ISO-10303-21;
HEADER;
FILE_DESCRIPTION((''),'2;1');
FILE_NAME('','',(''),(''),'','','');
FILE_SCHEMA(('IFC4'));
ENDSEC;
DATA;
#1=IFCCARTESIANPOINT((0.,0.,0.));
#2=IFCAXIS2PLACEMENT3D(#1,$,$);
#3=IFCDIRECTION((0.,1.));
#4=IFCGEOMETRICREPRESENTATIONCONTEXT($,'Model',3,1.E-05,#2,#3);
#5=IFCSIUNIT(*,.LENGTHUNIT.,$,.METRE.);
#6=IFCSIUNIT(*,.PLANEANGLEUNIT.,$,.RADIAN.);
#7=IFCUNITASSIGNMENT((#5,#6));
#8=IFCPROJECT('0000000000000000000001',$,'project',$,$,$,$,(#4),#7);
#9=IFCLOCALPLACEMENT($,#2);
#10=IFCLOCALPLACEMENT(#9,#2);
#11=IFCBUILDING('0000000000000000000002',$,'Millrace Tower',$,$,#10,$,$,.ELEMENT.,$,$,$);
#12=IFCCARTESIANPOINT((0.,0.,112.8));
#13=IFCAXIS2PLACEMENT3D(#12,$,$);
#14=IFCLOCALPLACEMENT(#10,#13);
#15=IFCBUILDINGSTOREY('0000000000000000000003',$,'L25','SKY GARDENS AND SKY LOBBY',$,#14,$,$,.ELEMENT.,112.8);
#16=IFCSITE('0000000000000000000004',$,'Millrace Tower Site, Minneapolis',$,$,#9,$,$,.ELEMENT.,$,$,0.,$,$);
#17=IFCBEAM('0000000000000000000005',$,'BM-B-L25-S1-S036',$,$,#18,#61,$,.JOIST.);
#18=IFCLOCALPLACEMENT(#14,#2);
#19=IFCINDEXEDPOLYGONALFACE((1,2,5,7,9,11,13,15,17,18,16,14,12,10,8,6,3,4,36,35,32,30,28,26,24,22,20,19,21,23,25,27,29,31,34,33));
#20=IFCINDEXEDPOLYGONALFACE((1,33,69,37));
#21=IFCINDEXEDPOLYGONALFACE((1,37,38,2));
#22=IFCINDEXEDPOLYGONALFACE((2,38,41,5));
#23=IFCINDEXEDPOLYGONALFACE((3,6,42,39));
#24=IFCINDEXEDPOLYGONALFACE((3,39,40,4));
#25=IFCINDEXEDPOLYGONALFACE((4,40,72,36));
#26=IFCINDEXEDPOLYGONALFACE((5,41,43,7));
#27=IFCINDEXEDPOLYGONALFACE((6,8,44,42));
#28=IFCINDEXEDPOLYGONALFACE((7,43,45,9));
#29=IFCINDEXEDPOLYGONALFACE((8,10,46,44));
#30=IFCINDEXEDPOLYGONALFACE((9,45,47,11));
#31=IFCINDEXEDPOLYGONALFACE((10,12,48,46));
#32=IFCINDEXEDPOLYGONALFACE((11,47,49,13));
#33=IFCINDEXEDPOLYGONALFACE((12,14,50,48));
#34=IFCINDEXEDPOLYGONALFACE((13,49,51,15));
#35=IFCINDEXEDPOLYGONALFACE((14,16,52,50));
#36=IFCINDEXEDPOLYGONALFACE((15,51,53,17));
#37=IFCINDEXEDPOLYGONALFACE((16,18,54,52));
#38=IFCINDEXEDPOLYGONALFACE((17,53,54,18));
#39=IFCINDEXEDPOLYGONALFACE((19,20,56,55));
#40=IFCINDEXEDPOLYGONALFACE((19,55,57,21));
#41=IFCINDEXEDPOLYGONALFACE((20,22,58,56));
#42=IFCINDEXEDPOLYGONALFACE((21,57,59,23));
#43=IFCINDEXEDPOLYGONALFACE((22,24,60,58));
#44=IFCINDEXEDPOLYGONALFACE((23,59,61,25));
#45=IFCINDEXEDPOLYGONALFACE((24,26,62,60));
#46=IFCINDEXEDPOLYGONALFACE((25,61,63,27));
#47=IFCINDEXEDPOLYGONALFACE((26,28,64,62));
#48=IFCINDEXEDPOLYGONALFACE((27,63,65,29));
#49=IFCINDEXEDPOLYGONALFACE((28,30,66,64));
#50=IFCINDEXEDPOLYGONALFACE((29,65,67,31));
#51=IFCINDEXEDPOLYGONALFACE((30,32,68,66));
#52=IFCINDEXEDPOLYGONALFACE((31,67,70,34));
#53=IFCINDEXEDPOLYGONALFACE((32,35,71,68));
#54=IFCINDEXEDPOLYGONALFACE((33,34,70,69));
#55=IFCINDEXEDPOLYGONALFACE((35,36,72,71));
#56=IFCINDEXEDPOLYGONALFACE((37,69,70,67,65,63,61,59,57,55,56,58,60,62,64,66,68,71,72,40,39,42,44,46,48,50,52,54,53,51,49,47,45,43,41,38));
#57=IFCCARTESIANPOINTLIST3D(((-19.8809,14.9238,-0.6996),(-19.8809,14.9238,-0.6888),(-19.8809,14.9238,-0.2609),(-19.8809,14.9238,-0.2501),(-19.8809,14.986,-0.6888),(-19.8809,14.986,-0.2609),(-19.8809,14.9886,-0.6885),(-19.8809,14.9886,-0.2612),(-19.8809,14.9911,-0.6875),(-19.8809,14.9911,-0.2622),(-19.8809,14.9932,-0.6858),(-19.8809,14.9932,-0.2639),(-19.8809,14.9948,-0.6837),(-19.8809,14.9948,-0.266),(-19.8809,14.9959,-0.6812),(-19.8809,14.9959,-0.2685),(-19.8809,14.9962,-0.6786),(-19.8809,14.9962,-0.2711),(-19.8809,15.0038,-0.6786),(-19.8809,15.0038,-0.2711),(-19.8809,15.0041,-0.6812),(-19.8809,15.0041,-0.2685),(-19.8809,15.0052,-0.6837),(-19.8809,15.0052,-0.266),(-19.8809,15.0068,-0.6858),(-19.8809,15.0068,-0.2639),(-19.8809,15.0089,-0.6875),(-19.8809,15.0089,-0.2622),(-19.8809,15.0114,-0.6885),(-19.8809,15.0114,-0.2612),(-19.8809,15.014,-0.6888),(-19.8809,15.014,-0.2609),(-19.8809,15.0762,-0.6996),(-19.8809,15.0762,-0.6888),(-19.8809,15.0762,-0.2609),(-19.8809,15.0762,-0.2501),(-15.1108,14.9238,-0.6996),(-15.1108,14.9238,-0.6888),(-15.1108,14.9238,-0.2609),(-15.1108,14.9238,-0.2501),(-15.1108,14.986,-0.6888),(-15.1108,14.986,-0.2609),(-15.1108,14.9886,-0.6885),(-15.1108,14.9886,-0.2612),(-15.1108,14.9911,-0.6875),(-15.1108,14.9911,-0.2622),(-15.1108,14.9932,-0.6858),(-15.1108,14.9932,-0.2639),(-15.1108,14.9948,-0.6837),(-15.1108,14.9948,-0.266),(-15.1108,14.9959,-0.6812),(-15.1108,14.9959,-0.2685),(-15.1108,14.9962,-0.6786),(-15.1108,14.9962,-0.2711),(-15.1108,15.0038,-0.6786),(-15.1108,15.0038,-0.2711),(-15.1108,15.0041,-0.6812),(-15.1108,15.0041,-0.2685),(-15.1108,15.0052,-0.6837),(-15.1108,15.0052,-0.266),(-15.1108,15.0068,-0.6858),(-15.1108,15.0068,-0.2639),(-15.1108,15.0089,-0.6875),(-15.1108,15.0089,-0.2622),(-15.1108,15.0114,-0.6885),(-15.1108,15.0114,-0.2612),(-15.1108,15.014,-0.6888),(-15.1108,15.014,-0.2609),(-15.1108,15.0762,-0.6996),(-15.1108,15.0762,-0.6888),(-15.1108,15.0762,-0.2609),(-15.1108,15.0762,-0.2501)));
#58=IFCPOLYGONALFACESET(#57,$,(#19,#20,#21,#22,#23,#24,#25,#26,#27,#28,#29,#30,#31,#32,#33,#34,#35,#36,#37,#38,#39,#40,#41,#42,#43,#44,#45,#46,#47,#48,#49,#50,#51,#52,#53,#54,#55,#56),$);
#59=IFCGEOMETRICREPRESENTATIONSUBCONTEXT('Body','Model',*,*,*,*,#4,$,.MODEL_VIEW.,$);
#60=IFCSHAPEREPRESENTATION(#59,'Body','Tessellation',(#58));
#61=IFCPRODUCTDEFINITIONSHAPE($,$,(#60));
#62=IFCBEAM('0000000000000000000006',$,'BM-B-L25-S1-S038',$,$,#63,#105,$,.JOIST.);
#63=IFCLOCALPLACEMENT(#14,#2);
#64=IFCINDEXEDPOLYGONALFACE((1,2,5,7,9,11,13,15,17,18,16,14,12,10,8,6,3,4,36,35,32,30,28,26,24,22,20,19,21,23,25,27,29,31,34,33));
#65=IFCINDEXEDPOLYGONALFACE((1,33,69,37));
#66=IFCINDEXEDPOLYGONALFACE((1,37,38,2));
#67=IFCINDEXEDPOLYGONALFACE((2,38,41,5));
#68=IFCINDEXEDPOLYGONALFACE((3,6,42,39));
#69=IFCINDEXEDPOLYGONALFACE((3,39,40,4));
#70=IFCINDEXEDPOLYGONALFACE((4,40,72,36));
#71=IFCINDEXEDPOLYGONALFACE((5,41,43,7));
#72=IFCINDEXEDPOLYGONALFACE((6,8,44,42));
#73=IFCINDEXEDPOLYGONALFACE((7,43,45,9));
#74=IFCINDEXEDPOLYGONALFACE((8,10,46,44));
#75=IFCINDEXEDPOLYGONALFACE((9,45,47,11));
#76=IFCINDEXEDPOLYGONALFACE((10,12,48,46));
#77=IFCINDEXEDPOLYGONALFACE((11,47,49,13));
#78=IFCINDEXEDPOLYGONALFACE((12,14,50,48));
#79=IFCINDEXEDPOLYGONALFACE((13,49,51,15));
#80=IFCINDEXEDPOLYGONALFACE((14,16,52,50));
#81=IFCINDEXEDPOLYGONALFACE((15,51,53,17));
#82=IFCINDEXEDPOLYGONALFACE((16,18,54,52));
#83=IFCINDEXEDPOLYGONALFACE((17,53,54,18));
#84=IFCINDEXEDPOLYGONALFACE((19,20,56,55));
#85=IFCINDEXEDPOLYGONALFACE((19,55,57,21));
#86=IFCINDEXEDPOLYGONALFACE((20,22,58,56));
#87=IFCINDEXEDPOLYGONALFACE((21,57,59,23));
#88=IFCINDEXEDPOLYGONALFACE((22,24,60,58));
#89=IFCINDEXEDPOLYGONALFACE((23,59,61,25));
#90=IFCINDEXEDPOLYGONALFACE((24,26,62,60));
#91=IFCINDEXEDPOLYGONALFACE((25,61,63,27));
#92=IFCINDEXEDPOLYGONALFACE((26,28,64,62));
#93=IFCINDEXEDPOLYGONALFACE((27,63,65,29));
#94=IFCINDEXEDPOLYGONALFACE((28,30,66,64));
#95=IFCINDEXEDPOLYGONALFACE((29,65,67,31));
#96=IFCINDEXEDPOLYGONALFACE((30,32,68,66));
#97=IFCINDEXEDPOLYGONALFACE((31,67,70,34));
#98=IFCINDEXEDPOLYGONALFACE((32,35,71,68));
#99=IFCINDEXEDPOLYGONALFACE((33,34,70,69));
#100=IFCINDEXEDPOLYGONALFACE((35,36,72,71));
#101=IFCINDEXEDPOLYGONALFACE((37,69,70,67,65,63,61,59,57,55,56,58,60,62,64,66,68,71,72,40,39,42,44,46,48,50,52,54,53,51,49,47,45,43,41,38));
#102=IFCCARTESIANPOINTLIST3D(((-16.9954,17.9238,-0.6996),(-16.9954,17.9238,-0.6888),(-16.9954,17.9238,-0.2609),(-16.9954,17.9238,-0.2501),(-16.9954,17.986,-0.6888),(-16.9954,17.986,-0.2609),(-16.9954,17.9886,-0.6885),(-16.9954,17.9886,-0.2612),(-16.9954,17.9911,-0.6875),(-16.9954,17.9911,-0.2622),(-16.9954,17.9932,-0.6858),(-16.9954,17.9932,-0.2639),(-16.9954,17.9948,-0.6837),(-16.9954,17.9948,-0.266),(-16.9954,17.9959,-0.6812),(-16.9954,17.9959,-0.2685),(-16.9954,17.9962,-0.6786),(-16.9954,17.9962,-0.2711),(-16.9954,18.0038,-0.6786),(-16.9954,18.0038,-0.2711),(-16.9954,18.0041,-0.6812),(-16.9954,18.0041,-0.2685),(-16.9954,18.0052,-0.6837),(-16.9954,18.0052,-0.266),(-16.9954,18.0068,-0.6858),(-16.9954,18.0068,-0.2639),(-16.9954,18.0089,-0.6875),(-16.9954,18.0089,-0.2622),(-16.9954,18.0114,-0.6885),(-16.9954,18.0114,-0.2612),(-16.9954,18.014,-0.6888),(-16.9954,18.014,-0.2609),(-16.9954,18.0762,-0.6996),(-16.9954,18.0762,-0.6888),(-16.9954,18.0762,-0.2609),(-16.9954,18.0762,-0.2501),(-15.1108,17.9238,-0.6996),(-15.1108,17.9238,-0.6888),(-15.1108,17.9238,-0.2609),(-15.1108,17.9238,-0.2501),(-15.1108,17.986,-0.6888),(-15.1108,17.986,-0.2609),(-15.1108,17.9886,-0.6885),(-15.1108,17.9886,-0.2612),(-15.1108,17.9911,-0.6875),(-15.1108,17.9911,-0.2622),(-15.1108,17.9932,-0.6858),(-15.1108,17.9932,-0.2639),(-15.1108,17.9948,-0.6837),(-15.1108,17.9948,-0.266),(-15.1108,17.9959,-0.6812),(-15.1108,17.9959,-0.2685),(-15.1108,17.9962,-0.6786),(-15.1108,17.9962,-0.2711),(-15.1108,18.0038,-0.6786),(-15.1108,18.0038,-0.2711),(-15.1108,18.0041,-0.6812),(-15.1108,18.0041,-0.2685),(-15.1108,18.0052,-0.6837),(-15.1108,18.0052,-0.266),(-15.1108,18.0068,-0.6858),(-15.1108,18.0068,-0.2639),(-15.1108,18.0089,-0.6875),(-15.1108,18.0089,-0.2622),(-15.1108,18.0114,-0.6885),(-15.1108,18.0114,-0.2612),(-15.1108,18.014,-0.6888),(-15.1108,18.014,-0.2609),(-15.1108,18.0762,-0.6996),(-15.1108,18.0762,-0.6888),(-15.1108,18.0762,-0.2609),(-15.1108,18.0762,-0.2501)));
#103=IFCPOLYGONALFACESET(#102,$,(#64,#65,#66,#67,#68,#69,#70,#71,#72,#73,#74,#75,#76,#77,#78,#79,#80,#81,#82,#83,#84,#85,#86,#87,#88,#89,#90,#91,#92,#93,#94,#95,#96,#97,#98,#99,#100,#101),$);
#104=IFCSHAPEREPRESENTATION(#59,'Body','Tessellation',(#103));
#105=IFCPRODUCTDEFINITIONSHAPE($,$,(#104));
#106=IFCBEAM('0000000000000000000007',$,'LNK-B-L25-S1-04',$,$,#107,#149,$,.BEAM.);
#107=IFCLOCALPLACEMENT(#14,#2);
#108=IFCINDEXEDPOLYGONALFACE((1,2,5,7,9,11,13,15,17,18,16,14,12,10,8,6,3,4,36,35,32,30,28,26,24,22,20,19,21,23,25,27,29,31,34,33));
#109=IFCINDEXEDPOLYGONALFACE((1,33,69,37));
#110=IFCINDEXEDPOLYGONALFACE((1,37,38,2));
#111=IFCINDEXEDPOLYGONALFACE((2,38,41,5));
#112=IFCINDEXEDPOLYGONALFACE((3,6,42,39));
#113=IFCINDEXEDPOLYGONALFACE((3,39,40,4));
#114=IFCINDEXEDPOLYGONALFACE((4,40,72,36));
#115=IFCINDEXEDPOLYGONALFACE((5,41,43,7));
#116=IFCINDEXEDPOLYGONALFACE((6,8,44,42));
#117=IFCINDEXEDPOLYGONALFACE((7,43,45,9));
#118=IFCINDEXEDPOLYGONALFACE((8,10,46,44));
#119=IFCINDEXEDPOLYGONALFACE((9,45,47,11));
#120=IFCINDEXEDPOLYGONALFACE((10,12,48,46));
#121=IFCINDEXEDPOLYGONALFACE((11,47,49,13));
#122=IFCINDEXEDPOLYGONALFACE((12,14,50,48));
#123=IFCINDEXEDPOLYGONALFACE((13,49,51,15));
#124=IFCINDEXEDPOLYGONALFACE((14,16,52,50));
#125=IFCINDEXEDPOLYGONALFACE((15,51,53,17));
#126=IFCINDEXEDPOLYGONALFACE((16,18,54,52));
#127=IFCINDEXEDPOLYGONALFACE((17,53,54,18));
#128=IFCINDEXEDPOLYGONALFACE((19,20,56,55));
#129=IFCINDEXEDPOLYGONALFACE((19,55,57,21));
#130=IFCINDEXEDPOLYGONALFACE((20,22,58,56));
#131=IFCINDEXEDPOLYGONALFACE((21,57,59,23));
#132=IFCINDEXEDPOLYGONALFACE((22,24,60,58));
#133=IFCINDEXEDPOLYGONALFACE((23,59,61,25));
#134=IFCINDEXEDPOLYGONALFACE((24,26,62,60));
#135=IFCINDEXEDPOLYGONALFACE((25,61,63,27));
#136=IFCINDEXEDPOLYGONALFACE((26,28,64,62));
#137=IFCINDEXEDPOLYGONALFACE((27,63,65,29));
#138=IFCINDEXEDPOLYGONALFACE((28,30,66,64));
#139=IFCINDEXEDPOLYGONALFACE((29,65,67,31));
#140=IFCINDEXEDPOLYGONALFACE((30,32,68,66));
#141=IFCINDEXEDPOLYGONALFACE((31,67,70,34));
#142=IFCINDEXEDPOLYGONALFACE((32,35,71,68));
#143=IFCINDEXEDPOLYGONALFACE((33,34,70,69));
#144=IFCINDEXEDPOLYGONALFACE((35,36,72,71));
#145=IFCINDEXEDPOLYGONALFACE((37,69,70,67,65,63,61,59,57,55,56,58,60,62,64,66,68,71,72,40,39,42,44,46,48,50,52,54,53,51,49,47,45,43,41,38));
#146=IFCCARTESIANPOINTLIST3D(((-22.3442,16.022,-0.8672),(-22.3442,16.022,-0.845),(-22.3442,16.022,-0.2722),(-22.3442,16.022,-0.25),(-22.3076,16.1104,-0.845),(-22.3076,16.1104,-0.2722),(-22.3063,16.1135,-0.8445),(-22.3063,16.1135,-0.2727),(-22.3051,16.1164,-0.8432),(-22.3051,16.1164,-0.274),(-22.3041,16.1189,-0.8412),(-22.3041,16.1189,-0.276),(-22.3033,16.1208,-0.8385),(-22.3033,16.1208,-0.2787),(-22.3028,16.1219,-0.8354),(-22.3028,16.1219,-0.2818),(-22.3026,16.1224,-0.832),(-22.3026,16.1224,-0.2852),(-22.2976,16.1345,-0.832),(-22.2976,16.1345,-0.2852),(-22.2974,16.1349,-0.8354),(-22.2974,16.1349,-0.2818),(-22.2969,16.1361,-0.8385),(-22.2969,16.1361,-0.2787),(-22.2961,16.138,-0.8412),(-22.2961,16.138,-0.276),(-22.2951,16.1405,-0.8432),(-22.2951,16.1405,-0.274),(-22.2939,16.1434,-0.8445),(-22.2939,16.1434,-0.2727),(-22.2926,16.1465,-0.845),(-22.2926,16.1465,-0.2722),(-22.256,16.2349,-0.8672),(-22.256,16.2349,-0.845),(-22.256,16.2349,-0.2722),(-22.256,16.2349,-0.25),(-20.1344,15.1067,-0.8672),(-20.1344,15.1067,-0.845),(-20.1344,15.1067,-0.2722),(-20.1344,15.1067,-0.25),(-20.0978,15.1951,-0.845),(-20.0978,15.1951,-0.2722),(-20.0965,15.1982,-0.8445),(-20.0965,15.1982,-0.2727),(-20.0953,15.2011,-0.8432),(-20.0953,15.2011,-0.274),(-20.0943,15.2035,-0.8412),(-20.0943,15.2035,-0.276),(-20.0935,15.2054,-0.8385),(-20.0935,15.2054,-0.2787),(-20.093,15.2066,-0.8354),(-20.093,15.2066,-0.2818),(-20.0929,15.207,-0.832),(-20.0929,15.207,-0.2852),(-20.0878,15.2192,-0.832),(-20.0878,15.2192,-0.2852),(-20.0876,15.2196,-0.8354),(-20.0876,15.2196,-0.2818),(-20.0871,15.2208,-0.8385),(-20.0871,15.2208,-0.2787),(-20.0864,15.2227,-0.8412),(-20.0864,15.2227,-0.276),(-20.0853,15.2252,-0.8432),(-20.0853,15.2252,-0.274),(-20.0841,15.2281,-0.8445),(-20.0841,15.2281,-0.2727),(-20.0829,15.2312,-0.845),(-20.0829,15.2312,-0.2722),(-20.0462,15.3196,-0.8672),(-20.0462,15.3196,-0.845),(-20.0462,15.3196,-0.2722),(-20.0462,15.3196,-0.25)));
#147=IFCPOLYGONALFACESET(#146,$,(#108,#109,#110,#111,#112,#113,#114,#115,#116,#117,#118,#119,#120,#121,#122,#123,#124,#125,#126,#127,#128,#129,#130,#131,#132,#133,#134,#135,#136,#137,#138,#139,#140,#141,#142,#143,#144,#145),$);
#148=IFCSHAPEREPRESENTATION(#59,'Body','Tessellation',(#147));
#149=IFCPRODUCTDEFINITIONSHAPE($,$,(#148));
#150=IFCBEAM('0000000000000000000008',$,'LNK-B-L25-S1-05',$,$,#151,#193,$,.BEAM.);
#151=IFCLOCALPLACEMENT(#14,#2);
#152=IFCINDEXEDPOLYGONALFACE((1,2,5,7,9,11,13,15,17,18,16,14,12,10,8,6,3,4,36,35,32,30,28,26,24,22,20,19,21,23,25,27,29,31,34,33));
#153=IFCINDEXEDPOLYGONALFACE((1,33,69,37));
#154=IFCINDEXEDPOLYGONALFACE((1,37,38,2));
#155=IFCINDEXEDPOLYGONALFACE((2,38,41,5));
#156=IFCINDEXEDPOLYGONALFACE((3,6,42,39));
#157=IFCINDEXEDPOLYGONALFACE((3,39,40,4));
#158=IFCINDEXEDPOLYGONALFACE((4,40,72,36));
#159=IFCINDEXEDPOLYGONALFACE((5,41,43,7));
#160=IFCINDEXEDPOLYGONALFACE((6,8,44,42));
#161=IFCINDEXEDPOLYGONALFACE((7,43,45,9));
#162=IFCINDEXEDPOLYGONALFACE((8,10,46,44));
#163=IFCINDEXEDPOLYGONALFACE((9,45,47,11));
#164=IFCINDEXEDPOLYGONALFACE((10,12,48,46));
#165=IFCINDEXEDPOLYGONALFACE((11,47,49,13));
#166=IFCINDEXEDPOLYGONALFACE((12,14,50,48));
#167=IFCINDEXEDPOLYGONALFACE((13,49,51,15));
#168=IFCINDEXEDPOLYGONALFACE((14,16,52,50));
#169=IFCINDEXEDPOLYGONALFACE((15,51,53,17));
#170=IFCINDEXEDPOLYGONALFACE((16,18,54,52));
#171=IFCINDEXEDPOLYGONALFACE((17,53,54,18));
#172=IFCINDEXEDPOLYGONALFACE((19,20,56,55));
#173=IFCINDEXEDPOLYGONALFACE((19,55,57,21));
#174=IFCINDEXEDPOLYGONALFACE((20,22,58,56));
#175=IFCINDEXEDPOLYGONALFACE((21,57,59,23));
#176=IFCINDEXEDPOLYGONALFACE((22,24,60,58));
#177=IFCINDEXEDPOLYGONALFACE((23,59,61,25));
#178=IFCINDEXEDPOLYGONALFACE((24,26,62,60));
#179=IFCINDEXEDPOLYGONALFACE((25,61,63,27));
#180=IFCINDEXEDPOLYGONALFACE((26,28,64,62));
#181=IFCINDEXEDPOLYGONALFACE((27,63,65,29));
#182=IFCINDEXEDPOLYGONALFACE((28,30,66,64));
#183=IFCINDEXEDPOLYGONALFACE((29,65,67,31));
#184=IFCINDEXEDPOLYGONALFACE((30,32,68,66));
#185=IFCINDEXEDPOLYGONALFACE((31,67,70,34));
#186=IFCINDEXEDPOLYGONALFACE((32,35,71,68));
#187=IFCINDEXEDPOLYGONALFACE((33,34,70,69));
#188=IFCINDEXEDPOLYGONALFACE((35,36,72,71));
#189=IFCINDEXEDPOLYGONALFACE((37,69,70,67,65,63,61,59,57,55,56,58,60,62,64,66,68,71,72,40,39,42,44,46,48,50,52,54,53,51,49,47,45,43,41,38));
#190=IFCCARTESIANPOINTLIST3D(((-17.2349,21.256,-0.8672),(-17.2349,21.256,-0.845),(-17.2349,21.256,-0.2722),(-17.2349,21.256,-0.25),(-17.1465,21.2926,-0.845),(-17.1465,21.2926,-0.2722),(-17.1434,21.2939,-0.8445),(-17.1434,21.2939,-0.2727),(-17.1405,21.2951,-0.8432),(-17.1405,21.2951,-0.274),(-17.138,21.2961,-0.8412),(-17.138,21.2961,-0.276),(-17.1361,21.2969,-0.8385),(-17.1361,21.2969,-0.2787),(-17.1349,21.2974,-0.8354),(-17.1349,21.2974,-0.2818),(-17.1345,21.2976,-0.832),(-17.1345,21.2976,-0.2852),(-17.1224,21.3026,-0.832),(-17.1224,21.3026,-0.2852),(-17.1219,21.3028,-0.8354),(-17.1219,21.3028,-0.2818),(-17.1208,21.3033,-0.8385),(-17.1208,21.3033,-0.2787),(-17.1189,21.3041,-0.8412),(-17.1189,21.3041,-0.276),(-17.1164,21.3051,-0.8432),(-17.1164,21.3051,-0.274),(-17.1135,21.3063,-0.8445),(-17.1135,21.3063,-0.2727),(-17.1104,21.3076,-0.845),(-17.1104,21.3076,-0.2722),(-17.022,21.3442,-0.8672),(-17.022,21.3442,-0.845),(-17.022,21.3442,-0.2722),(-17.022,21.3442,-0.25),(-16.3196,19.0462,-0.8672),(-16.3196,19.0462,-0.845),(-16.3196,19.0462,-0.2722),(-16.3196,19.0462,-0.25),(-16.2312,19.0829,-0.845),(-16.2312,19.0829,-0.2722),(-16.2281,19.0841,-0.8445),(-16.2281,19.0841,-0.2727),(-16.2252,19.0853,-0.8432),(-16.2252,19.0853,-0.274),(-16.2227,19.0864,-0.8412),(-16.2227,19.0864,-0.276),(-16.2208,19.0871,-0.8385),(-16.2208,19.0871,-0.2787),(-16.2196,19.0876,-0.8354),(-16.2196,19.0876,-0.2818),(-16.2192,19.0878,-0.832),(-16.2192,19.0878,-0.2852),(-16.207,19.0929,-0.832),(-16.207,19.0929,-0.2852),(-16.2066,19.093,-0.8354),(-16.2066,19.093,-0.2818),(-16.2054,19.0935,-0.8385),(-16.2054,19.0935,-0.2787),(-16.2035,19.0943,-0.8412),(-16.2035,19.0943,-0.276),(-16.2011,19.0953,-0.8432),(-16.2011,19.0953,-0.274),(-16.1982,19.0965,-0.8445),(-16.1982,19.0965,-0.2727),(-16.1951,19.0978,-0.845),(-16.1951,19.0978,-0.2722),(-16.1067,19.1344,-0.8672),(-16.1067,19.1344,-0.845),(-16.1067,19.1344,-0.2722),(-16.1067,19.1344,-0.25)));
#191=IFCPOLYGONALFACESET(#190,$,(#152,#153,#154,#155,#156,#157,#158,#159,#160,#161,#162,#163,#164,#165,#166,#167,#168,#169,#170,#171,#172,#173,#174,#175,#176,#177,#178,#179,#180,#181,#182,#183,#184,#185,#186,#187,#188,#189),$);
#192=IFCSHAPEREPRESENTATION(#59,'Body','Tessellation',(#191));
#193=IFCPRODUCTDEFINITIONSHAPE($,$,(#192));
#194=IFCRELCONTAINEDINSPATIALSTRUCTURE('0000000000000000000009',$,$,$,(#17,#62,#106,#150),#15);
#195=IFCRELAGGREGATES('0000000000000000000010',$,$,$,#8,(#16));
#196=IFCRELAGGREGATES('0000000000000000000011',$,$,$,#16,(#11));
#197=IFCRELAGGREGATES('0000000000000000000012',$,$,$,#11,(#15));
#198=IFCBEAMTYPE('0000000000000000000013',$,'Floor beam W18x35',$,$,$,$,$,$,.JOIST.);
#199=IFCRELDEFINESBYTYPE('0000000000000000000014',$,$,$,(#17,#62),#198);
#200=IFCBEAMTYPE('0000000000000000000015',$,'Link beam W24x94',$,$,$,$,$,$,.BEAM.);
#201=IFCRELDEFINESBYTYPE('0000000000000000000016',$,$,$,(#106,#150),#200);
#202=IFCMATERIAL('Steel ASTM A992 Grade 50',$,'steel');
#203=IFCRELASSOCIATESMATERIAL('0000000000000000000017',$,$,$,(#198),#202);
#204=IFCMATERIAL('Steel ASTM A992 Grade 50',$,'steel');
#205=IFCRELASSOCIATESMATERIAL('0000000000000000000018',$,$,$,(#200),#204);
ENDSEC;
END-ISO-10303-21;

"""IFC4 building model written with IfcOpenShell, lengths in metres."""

from ifc_helpers import new_model, si_unit, direction, frame, origin, origin_2d, place, context, subcontext, project, spatial, i_section, extrude, material, material_profile, profile_set, type_object, element, save


model = new_model("IFC4")

# Units and contexts
model_context = context("Model", 3, precision=1e-05, world=origin(), true_north=direction((0.0, 1.0)))
body_context = subcontext(model_context, "Body", "Model", "MODEL_VIEW")
ifc_project = project(units=[si_unit("LENGTHUNIT", "METRE"), si_unit("PLANEANGLEUNIT", "RADIAN")], contexts=[model_context])

# Site, building, storey
site_placement = place(None, origin())
site = spatial("IfcSite", under=ifc_project, at=site_placement, Name="Millrace Tower Site, Minneapolis", CompositionType="ELEMENT", RefElevation=0.0)
building_placement = place(site_placement, origin())
building = spatial("IfcBuilding", under=site, at=building_placement, Name="Millrace Tower", CompositionType="ELEMENT")
storey_placement = place(building_placement, frame((0.0, 0.0, 112.8)))
storey = spatial("IfcBuildingStorey", under=building, at=storey_placement, Name="L25", Description="SKY GARDENS AND SKY LOBBY", CompositionType="ELEMENT", Elevation=112.8)

# Beams
ifc_material_1 = material(Name="Steel ASTM A992 Grade 50", Category="steel")
ifc_material_profile_1 = material_profile(ifc_material_1, i_section(OverallWidth=0.1523, OverallDepth=0.4495, WebThickness=0.0076, FlangeThickness=0.0107, FilletRadius=0.0103, at=origin_2d()))
ifc_profile_set_1 = profile_set([ifc_material_profile_1], Name="Steel ASTM A992 Grade 50")
beam_type_1 = type_object("IfcBeamType", Name="Floor beam W18x35", PredefinedType="JOIST", material=ifc_profile_set_1)
for number, where, z_axis, x_axis, name in (
    (1, (-19.8809, 15.0, -0.4749), (1.0, 0.0, 0.0), (0.0, 1.0, 0.0), "BM-B-L25-S1-S036"),
):
    element("IfcBeam", number, at=place(storey_placement, frame(where, z_axis=z_axis, x_axis=x_axis)), inside=storey, type_object=beam_type_1, Name=name, PredefinedType="JOIST", context=body_context, shape_type="SweptSolid", body=[
        extrude(i_section(OverallWidth=0.1523, OverallDepth=0.4495, WebThickness=0.0076, FlangeThickness=0.0107, FilletRadius=0.0103, at=origin_2d()), origin(), (0.0, 0.0, 1.0), 4.77),
    ])
beam_1_placement = place(storey_placement, frame((-16.9954, 18.0, -0.4749), z_axis=(1.0, 0.0, 0.0), x_axis=(0.0, 1.0, 0.0)))
element("IfcBeam", 2, at=beam_1_placement, inside=storey, type_object=beam_type_1, Name="BM-B-L25-S1-S038", PredefinedType="JOIST", context=body_context, shape_type="SweptSolid", body=[
    extrude(i_section(OverallWidth=0.1523, OverallDepth=0.4495, WebThickness=0.0076, FlangeThickness=0.0107, FilletRadius=0.0103, at=origin_2d()), origin(), (0.0, 0.0, 1.0), 1.8845),
])
ifc_material_2 = material(Name="Steel ASTM A992 Grade 50", Category="steel")
ifc_material_profile_2 = material_profile(ifc_material_2, i_section(OverallWidth=0.2305, OverallDepth=0.6172, WebThickness=0.0132, FlangeThickness=0.0222, FilletRadius=0.0129, at=origin_2d()))
ifc_profile_set_2 = profile_set([ifc_material_profile_2], Name="Steel ASTM A992 Grade 50")
beam_type_2 = type_object("IfcBeamType", Name="Link beam W24x94", PredefinedType="BEAM", material=ifc_profile_set_2)
for number, where, z_axis, x_axis, name in (
    (3, (-20.0903, 15.2131, -0.5586), (-0.923881, 0.382679, 0.0), (-0.382679, -0.923881, 0.0), "LNK-B-L25-S1-04"),
    (4, (-16.2131, 19.0903, -0.5586), (-0.382679, 0.923881, 0.0), (-0.923881, -0.382679, 0.0), "LNK-B-L25-S1-05"),
):
    element("IfcBeam", number, at=place(storey_placement, frame(where, z_axis=z_axis, x_axis=x_axis)), inside=storey, type_object=beam_type_2, Name=name, PredefinedType="BEAM", context=body_context, shape_type="SweptSolid", body=[
        extrude(i_section(OverallWidth=0.2305, OverallDepth=0.6172, WebThickness=0.0132, FlangeThickness=0.0222, FilletRadius=0.0129, at=origin_2d()), origin(), (0.0, 0.0, 1.0), 2.3918),
    ])

save(model, "model.ifc")
